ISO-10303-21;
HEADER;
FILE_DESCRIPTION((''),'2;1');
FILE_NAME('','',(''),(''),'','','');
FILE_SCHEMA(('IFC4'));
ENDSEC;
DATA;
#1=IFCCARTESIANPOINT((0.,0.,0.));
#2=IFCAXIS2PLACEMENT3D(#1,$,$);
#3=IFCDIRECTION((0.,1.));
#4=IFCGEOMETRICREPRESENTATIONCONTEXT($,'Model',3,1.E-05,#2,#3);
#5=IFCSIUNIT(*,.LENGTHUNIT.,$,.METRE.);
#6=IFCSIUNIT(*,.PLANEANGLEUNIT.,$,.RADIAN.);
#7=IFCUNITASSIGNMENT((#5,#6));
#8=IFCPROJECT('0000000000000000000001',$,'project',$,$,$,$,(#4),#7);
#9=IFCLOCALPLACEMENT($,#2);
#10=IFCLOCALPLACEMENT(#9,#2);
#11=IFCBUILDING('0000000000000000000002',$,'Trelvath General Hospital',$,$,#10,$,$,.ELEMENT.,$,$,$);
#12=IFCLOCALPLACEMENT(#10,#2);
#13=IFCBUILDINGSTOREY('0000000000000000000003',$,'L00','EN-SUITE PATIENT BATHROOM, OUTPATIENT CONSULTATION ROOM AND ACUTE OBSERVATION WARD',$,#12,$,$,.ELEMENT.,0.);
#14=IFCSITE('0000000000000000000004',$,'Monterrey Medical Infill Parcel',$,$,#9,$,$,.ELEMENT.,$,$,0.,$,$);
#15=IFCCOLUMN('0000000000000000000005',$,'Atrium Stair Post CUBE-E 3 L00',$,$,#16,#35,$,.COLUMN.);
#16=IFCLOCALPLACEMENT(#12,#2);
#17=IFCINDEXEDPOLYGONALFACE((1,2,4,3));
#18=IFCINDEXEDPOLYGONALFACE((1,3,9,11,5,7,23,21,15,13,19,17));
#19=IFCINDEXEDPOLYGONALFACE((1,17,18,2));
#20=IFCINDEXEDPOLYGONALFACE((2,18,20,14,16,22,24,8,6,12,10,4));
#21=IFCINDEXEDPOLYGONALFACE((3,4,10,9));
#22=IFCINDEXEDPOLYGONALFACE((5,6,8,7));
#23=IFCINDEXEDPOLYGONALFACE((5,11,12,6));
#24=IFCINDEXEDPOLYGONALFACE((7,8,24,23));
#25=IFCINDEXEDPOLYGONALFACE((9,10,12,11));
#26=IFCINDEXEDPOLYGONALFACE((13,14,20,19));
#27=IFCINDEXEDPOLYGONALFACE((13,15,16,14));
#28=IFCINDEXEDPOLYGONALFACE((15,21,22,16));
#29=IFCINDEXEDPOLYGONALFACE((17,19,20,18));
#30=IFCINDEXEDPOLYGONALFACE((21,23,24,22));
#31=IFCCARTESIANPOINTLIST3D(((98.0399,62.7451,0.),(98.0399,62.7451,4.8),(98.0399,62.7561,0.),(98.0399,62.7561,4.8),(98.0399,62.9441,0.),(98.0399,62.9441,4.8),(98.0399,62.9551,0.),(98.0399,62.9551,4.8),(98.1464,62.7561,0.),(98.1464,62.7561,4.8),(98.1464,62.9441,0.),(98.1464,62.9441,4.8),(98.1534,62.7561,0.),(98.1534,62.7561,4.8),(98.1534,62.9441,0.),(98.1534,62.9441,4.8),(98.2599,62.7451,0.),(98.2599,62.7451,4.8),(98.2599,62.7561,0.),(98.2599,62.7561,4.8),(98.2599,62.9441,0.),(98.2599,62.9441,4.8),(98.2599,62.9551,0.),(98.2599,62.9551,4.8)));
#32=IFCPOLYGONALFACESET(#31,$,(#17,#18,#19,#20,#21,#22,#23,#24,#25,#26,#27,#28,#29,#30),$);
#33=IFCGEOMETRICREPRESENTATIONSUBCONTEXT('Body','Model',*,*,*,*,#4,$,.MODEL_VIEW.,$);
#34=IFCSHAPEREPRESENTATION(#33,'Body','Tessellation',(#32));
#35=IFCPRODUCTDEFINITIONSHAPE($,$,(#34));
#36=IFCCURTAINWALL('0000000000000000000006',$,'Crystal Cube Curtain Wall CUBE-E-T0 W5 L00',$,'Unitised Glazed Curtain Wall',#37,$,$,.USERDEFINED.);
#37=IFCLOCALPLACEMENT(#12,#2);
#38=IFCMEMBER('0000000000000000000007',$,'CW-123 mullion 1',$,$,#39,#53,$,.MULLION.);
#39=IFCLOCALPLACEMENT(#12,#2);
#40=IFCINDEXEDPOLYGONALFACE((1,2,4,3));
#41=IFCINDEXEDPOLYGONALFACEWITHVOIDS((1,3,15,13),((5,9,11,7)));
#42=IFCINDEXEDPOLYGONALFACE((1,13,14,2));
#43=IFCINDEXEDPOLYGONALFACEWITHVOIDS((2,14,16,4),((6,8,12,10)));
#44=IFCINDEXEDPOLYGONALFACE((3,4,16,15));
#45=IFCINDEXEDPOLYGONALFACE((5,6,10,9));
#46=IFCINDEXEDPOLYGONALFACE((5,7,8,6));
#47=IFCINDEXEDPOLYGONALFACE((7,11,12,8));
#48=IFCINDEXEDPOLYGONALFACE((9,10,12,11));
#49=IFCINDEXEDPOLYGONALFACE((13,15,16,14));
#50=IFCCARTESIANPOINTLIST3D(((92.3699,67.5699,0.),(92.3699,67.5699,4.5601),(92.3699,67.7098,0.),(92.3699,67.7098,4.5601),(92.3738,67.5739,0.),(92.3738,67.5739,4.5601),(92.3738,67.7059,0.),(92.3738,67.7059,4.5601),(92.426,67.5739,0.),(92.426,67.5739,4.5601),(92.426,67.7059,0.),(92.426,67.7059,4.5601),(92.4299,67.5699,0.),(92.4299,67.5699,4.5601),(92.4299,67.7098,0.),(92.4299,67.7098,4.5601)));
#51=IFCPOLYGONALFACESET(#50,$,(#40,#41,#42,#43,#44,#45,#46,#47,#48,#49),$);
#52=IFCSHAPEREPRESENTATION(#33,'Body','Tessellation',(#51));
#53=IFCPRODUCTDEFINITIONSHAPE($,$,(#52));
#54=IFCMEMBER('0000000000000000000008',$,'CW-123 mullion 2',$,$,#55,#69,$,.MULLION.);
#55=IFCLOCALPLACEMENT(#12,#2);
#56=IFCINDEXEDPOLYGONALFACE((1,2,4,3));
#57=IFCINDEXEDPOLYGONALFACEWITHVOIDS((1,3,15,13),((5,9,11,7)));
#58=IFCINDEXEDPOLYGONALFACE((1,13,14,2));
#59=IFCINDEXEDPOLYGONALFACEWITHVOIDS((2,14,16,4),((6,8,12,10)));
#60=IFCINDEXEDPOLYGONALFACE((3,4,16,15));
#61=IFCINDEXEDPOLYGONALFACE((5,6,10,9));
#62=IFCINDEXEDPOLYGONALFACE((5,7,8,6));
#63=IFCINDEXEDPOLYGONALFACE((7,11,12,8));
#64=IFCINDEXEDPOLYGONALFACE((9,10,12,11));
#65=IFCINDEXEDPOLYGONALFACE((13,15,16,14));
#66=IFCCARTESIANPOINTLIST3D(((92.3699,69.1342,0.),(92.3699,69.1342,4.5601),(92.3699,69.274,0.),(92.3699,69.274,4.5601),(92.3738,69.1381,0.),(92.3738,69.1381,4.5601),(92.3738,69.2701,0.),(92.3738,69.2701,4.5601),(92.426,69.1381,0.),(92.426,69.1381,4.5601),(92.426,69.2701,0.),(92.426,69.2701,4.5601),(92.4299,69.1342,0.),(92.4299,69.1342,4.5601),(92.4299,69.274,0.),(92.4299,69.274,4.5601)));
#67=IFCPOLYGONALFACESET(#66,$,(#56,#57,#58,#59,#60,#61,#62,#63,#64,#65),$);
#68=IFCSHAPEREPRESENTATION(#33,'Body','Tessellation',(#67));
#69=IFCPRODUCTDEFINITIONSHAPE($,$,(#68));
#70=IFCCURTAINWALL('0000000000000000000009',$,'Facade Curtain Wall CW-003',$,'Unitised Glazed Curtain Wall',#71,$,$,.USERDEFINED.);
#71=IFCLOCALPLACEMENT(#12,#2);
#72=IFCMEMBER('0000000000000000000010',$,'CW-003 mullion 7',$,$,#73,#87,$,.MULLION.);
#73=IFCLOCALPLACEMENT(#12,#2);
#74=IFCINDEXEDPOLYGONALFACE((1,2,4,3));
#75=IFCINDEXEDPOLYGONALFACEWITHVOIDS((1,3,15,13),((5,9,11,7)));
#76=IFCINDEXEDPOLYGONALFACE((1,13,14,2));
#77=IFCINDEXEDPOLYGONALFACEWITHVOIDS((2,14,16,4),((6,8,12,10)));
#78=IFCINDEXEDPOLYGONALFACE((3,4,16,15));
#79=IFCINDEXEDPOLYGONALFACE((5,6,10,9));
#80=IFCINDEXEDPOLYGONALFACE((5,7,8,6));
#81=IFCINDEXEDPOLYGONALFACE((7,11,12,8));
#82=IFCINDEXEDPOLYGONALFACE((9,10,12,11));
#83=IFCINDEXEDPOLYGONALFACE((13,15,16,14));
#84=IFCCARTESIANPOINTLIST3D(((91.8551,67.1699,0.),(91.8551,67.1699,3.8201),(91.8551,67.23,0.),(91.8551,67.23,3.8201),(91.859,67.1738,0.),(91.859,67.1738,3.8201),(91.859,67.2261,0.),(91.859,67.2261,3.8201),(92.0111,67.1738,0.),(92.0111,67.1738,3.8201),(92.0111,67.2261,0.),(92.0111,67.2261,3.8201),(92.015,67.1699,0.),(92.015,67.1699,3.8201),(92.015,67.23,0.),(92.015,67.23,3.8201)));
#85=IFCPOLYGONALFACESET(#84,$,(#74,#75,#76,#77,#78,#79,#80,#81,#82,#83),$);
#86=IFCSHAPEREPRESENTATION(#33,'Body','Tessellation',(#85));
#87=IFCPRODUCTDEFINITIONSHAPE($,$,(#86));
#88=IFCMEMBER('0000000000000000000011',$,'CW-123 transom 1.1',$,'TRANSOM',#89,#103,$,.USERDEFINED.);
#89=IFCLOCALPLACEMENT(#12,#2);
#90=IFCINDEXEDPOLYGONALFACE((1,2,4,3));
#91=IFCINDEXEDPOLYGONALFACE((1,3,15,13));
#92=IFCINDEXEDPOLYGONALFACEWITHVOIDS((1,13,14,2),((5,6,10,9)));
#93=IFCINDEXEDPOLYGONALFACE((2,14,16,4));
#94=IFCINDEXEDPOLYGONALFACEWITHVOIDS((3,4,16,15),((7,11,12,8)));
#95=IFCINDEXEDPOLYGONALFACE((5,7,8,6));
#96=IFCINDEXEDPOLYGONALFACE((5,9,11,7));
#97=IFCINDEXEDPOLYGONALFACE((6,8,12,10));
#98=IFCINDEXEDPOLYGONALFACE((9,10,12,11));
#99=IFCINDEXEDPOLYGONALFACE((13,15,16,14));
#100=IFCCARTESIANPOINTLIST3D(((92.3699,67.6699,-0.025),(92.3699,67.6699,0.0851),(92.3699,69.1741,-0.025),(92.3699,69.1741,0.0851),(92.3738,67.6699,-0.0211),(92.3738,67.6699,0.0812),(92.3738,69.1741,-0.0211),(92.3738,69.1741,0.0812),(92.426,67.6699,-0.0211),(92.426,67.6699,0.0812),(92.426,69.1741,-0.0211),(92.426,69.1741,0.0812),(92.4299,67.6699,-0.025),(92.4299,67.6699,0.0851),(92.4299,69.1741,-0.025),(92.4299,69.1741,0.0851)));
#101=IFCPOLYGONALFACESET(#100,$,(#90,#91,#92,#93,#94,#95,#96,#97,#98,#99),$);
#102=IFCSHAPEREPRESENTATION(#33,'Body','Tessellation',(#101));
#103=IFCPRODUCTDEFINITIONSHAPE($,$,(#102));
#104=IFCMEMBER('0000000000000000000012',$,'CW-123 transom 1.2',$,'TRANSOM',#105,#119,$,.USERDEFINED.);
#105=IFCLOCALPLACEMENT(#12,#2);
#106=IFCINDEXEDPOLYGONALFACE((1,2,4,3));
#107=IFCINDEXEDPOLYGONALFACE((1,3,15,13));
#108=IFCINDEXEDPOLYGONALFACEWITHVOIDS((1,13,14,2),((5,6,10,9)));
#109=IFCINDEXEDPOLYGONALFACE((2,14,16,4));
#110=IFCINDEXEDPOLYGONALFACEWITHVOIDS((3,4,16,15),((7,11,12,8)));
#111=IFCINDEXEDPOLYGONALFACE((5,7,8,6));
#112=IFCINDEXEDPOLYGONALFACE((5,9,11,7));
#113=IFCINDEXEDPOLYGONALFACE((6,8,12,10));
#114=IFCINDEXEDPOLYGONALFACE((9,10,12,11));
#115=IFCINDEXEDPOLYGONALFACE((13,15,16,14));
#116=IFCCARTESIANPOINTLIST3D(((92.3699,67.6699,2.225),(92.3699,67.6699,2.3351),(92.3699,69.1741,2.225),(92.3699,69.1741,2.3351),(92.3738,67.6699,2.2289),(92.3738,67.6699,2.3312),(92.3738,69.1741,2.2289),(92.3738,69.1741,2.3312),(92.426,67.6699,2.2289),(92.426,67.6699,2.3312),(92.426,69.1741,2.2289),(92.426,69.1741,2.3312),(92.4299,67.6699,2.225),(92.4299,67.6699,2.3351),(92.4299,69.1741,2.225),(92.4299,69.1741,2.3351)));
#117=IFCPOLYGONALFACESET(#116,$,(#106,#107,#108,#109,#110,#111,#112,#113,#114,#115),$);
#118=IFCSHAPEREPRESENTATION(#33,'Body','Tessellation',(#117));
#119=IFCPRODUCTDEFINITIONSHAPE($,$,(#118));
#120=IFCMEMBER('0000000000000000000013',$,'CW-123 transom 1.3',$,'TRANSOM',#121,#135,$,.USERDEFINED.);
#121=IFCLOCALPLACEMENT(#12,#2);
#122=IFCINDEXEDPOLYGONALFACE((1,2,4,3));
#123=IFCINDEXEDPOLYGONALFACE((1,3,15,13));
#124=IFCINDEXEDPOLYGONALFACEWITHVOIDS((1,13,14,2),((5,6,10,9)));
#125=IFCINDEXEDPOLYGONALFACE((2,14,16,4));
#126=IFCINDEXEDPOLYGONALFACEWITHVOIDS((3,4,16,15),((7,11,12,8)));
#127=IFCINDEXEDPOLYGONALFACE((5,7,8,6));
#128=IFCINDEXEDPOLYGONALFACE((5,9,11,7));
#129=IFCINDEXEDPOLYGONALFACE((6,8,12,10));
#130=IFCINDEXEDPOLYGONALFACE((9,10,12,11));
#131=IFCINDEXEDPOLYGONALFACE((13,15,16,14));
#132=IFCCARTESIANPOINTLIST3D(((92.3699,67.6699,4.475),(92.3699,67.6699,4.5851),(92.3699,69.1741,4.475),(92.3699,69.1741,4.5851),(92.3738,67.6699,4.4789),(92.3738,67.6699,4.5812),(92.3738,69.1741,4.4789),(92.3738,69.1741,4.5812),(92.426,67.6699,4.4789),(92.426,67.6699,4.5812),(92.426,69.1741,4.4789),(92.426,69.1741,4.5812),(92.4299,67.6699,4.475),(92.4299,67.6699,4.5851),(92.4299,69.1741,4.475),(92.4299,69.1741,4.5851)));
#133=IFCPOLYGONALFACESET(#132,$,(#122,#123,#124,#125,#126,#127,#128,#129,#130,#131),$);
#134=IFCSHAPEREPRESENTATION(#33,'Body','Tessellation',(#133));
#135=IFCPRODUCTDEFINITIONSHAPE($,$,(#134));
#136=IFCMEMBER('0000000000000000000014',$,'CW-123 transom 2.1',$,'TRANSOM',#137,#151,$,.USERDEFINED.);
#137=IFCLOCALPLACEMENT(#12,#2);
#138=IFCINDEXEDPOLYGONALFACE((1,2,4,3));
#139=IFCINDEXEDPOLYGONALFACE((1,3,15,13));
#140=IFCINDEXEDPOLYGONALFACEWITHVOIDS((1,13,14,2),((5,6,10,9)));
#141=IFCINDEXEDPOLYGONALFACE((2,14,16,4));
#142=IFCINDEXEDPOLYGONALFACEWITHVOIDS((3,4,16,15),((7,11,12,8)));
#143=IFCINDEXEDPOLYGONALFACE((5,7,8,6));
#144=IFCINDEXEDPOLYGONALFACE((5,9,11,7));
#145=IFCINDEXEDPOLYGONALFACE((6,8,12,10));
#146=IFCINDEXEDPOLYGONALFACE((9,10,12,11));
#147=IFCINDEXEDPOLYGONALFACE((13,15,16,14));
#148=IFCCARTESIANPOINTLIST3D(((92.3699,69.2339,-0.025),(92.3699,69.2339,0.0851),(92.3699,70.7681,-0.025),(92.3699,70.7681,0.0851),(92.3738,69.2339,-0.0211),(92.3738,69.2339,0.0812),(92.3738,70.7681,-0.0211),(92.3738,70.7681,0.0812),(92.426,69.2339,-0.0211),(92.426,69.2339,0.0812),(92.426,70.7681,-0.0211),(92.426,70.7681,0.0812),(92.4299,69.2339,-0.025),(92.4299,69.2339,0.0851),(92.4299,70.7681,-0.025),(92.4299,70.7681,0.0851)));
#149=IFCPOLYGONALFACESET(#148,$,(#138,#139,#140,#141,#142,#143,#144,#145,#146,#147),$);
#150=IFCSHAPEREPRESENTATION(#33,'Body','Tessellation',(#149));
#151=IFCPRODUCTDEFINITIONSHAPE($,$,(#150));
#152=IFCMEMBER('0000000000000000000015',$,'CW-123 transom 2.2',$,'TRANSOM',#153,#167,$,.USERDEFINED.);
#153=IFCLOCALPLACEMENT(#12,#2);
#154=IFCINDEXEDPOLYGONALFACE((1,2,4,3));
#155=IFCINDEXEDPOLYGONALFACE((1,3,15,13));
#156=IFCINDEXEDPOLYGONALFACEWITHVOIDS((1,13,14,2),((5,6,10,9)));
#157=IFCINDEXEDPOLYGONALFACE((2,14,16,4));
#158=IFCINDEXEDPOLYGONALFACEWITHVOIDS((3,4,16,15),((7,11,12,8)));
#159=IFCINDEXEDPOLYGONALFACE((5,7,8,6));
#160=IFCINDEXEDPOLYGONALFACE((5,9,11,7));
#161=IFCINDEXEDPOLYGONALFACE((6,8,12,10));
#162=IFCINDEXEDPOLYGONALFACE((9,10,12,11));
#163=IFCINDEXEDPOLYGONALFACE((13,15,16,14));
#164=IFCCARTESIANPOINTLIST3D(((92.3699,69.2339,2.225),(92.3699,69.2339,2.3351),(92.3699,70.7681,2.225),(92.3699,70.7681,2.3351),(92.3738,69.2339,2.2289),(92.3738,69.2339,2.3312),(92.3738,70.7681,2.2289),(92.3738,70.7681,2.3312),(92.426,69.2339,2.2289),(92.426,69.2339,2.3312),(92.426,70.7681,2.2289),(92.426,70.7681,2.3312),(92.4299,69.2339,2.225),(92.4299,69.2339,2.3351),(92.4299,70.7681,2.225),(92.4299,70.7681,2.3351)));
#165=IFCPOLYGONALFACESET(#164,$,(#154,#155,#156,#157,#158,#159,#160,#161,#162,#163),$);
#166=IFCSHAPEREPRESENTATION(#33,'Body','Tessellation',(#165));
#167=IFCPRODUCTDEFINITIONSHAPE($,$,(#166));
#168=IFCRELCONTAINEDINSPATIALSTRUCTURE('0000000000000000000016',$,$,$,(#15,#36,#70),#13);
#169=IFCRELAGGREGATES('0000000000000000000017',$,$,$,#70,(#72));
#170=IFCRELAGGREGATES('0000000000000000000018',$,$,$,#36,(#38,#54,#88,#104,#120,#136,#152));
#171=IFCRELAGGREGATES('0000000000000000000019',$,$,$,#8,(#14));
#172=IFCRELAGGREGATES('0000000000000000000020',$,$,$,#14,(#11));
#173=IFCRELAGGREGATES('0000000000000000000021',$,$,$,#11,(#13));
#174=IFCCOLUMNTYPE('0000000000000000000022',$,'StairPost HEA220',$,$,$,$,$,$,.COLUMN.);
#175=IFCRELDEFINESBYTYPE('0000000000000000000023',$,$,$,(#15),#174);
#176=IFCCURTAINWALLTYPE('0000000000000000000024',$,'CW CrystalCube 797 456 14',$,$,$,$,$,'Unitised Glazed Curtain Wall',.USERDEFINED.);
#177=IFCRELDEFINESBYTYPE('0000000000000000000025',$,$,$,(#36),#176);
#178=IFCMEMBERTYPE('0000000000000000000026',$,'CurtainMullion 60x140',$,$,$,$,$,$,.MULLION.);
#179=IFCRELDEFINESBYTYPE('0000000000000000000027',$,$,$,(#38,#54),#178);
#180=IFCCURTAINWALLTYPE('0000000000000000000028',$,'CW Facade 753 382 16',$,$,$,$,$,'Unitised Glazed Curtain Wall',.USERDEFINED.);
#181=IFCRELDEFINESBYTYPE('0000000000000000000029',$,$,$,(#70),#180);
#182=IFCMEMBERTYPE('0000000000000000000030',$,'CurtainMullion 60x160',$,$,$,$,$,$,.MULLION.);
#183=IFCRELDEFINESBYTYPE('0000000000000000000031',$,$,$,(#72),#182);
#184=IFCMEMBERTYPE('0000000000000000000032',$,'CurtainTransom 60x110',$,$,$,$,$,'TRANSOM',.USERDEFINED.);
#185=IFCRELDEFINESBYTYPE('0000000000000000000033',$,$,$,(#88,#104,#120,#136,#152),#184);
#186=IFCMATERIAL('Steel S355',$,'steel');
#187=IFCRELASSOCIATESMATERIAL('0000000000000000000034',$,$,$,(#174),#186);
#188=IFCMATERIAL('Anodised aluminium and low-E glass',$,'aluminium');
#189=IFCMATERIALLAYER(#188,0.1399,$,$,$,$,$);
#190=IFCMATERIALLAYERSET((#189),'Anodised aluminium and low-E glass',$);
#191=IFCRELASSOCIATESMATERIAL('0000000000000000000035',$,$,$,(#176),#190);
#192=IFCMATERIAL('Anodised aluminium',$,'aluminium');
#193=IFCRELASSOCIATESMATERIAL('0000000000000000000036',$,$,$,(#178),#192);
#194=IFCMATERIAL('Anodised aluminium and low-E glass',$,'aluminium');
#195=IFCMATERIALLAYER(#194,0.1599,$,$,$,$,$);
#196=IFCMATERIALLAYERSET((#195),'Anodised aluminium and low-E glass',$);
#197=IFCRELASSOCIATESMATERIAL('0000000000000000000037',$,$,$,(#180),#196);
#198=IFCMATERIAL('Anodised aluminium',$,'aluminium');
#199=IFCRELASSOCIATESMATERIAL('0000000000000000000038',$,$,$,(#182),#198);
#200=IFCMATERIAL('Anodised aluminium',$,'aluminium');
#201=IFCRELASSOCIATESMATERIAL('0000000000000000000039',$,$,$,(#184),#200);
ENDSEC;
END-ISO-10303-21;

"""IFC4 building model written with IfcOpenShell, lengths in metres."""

from ifc_helpers import new_model, si_unit, direction, frame, origin, origin_2d, place, context, subcontext, project, spatial, hollow_rectangle, i_section, extrude, material, layer, layer_set, material_profile, profile_set, type_object, element, aggregate, save


model = new_model("IFC4")

# Units and contexts
model_context = context("Model", 3, precision=1e-05, world=origin(), true_north=direction((0.0, 1.0)))
body_context = subcontext(model_context, "Body", "Model", "MODEL_VIEW")
ifc_project = project(units=[si_unit("LENGTHUNIT", "METRE"), si_unit("PLANEANGLEUNIT", "RADIAN")], contexts=[model_context])

# Site, building, storey
site_placement = place(None, origin())
site = spatial("IfcSite", under=ifc_project, at=site_placement, Name="Monterrey Medical Infill Parcel", CompositionType="ELEMENT", RefElevation=0.0)
building_placement = place(site_placement, origin())
building = spatial("IfcBuilding", under=site, at=building_placement, Name="Trelvath General Hospital", CompositionType="ELEMENT")
storey_placement = place(building_placement, origin())
storey = spatial("IfcBuildingStorey", under=building, at=storey_placement, Name="L00", Description="EN-SUITE PATIENT BATHROOM, OUTPATIENT CONSULTATION ROOM AND ACUTE OBSERVATION WARD", CompositionType="ELEMENT", Elevation=0.0)

# Column
ifc_material_1 = material(Name="Steel S355", Category="steel")
ifc_material_profile_1 = material_profile(ifc_material_1, i_section(OverallWidth=0.22, OverallDepth=0.21, WebThickness=0.0071, FlangeThickness=0.011, at=origin_2d()), Name="HEA220")
ifc_profile_set_1 = profile_set([ifc_material_profile_1], Name="Steel S355")
column_type_1 = type_object("IfcColumnType", Name="StairPost HEA220", PredefinedType="COLUMN", material=ifc_profile_set_1)
column_1_placement = place(storey_placement, frame((98.1499, 62.8501, 0.0), z_axis=(0.0, 0.0, 1.0), x_axis=(1.0, 0.0, 0.0)))
element("IfcColumn", 1, at=column_1_placement, inside=storey, type_object=column_type_1, Name="Atrium Stair Post CUBE-E 3 L00", PredefinedType="COLUMN", context=body_context, shape_type="SweptSolid", body=[
    extrude(i_section(OverallWidth=0.22, OverallDepth=0.21, WebThickness=0.0071, FlangeThickness=0.011, at=origin_2d()), origin(), (0.0, 0.0, 1.0), 4.8),
])

# Curtain wall, members
ifc_material_2 = material(Name="Anodised aluminium and low-E glass", Category="aluminium")
ifc_layer_1 = layer(ifc_material_2, 0.1399)
ifc_layer_set_1 = layer_set([ifc_layer_1], Name="Anodised aluminium and low-E glass")
curtain_wall_type_1 = type_object("IfcCurtainWallType", Name="CW CrystalCube 797 456 14", ElementType="Unitised Glazed Curtain Wall", PredefinedType="USERDEFINED", material=ifc_layer_set_1)
curtain_wall_1_placement = place(storey_placement, origin())
curtain_wall_1 = element("IfcCurtainWall", 2, at=curtain_wall_1_placement, inside=storey, type_object=curtain_wall_type_1, Name="Crystal Cube Curtain Wall CUBE-E-T0 W5 L00", ObjectType="Unitised Glazed Curtain Wall", PredefinedType="USERDEFINED")
ifc_material_3 = material(Name="Anodised aluminium", Category="aluminium")
ifc_material_profile_2 = material_profile(ifc_material_3, hollow_rectangle(XDim=0.0601, YDim=0.1399, WallThickness=0.0039, at=origin_2d()), Name="RHS60x140x4")
ifc_profile_set_2 = profile_set([ifc_material_profile_2], Name="Anodised aluminium")
member_type_1 = type_object("IfcMemberType", Name="CurtainMullion 60x140", PredefinedType="MULLION", material=ifc_profile_set_2)
member_1_placement = place(storey_placement, frame((92.3999, 67.6399, 0.0), z_axis=(0.0, 0.0, 1.0), x_axis=(-1.0, 0.0, 0.0)))
member_1 = element("IfcMember", 3, at=member_1_placement, type_object=member_type_1, Name="CW-123 mullion 1", PredefinedType="MULLION", context=body_context, shape_type="SweptSolid", body=[
    extrude(hollow_rectangle(XDim=0.0601, YDim=0.1399, WallThickness=0.0039, at=origin_2d()), origin(), (0.0, 0.0, 1.0), 4.5601),
])
member_2_placement = place(storey_placement, frame((92.3999, 69.2041, 0.0), z_axis=(0.0, 0.0, 1.0), x_axis=(-1.0, 0.0, 0.0)))
member_2 = element("IfcMember", 4, at=member_2_placement, type_object=member_type_1, Name="CW-123 mullion 2", PredefinedType="MULLION", context=body_context, shape_type="SweptSolid", body=[
    extrude(hollow_rectangle(XDim=0.0601, YDim=0.1399, WallThickness=0.0039, at=origin_2d()), origin(), (0.0, 0.0, 1.0), 4.5601),
])

# Curtain wall, member
ifc_material_4 = material(Name="Anodised aluminium and low-E glass", Category="aluminium")
ifc_layer_2 = layer(ifc_material_4, 0.1599)
ifc_layer_set_2 = layer_set([ifc_layer_2], Name="Anodised aluminium and low-E glass")
curtain_wall_type_2 = type_object("IfcCurtainWallType", Name="CW Facade 753 382 16", ElementType="Unitised Glazed Curtain Wall", PredefinedType="USERDEFINED", material=ifc_layer_set_2)
curtain_wall_2_placement = place(storey_placement, origin())
curtain_wall_2 = element("IfcCurtainWall", 5, at=curtain_wall_2_placement, inside=storey, type_object=curtain_wall_type_2, Name="Facade Curtain Wall CW-003", ObjectType="Unitised Glazed Curtain Wall", PredefinedType="USERDEFINED")
ifc_material_5 = material(Name="Anodised aluminium", Category="aluminium")
ifc_material_profile_3 = material_profile(ifc_material_5, hollow_rectangle(XDim=0.0601, YDim=0.1599, WallThickness=0.0039, at=origin_2d()), Name="RHS60x160x4")
ifc_profile_set_3 = profile_set([ifc_material_profile_3], Name="Anodised aluminium")
member_type_2 = type_object("IfcMemberType", Name="CurtainMullion 60x160", PredefinedType="MULLION", material=ifc_profile_set_3)
member_3_placement = place(storey_placement, frame((91.9351, 67.2, 0.0), z_axis=(0.0, 0.0, 1.0), x_axis=(0.0, 1.0, 0.0)))
member_3 = element("IfcMember", 6, at=member_3_placement, type_object=member_type_2, Name="CW-003 mullion 7", PredefinedType="MULLION", context=body_context, shape_type="SweptSolid", body=[
    extrude(hollow_rectangle(XDim=0.0601, YDim=0.1599, WallThickness=0.0039, at=origin_2d()), origin(), (0.0, 0.0, 1.0), 3.8201),
])
aggregate(curtain_wall_2, [member_3])

# Members
ifc_material_6 = material(Name="Anodised aluminium", Category="aluminium")
ifc_material_profile_4 = material_profile(ifc_material_6, hollow_rectangle(XDim=0.0601, YDim=0.1101, WallThickness=0.0039, at=origin_2d()), Name="RHS60x110x4")
ifc_profile_set_4 = profile_set([ifc_material_profile_4], Name="Anodised aluminium")
member_type_3 = type_object("IfcMemberType", Name="CurtainTransom 60x110", ElementType="TRANSOM", PredefinedType="USERDEFINED", material=ifc_profile_set_4)
member_4_placement = place(storey_placement, frame((92.3999, 67.6699, 0.03), z_axis=(0.0, 1.0, 0.0), x_axis=(-1.0, 0.0, 0.0)))
member_4 = element("IfcMember", 7, at=member_4_placement, type_object=member_type_3, Name="CW-123 transom 1.1", ObjectType="TRANSOM", PredefinedType="USERDEFINED", context=body_context, shape_type="SweptSolid", body=[
    extrude(hollow_rectangle(XDim=0.0601, YDim=0.1101, WallThickness=0.0039, at=origin_2d()), origin(), (0.0, 0.0, 1.0), 1.5042),
])
member_5_placement = place(storey_placement, frame((92.3999, 67.6699, 2.28), z_axis=(0.0, 1.0, 0.0), x_axis=(-1.0, 0.0, 0.0)))
member_5 = element("IfcMember", 8, at=member_5_placement, type_object=member_type_3, Name="CW-123 transom 1.2", ObjectType="TRANSOM", PredefinedType="USERDEFINED", context=body_context, shape_type="SweptSolid", body=[
    extrude(hollow_rectangle(XDim=0.0601, YDim=0.1101, WallThickness=0.0039, at=origin_2d()), origin(), (0.0, 0.0, 1.0), 1.5042),
])
member_6_placement = place(storey_placement, frame((92.3999, 67.6699, 4.53), z_axis=(0.0, 1.0, 0.0), x_axis=(-1.0, 0.0, 0.0)))
member_6 = element("IfcMember", 9, at=member_6_placement, type_object=member_type_3, Name="CW-123 transom 1.3", ObjectType="TRANSOM", PredefinedType="USERDEFINED", context=body_context, shape_type="SweptSolid", body=[
    extrude(hollow_rectangle(XDim=0.0601, YDim=0.1101, WallThickness=0.0039, at=origin_2d()), origin(), (0.0, 0.0, 1.0), 1.5042),
])
member_7_placement = place(storey_placement, frame((92.3999, 69.2339, 0.03), z_axis=(0.0, 1.0, 0.0), x_axis=(-1.0, 0.0, 0.0)))
member_7 = element("IfcMember", 10, at=member_7_placement, type_object=member_type_3, Name="CW-123 transom 2.1", ObjectType="TRANSOM", PredefinedType="USERDEFINED", context=body_context, shape_type="SweptSolid", body=[
    extrude(hollow_rectangle(XDim=0.0601, YDim=0.1101, WallThickness=0.0039, at=origin_2d()), origin(), (0.0, 0.0, 1.0), 1.5342),
])
member_8_placement = place(storey_placement, frame((92.3999, 69.2339, 2.28), z_axis=(0.0, 1.0, 0.0), x_axis=(-1.0, 0.0, 0.0)))
member_8 = element("IfcMember", 11, at=member_8_placement, type_object=member_type_3, Name="CW-123 transom 2.2", ObjectType="TRANSOM", PredefinedType="USERDEFINED", context=body_context, shape_type="SweptSolid", body=[
    extrude(hollow_rectangle(XDim=0.0601, YDim=0.1101, WallThickness=0.0039, at=origin_2d()), origin(), (0.0, 0.0, 1.0), 1.5342),
])

aggregate(curtain_wall_1, [member_1, member_2, member_4, member_5, member_6, member_7, member_8])

save(model, "model.ifc")
